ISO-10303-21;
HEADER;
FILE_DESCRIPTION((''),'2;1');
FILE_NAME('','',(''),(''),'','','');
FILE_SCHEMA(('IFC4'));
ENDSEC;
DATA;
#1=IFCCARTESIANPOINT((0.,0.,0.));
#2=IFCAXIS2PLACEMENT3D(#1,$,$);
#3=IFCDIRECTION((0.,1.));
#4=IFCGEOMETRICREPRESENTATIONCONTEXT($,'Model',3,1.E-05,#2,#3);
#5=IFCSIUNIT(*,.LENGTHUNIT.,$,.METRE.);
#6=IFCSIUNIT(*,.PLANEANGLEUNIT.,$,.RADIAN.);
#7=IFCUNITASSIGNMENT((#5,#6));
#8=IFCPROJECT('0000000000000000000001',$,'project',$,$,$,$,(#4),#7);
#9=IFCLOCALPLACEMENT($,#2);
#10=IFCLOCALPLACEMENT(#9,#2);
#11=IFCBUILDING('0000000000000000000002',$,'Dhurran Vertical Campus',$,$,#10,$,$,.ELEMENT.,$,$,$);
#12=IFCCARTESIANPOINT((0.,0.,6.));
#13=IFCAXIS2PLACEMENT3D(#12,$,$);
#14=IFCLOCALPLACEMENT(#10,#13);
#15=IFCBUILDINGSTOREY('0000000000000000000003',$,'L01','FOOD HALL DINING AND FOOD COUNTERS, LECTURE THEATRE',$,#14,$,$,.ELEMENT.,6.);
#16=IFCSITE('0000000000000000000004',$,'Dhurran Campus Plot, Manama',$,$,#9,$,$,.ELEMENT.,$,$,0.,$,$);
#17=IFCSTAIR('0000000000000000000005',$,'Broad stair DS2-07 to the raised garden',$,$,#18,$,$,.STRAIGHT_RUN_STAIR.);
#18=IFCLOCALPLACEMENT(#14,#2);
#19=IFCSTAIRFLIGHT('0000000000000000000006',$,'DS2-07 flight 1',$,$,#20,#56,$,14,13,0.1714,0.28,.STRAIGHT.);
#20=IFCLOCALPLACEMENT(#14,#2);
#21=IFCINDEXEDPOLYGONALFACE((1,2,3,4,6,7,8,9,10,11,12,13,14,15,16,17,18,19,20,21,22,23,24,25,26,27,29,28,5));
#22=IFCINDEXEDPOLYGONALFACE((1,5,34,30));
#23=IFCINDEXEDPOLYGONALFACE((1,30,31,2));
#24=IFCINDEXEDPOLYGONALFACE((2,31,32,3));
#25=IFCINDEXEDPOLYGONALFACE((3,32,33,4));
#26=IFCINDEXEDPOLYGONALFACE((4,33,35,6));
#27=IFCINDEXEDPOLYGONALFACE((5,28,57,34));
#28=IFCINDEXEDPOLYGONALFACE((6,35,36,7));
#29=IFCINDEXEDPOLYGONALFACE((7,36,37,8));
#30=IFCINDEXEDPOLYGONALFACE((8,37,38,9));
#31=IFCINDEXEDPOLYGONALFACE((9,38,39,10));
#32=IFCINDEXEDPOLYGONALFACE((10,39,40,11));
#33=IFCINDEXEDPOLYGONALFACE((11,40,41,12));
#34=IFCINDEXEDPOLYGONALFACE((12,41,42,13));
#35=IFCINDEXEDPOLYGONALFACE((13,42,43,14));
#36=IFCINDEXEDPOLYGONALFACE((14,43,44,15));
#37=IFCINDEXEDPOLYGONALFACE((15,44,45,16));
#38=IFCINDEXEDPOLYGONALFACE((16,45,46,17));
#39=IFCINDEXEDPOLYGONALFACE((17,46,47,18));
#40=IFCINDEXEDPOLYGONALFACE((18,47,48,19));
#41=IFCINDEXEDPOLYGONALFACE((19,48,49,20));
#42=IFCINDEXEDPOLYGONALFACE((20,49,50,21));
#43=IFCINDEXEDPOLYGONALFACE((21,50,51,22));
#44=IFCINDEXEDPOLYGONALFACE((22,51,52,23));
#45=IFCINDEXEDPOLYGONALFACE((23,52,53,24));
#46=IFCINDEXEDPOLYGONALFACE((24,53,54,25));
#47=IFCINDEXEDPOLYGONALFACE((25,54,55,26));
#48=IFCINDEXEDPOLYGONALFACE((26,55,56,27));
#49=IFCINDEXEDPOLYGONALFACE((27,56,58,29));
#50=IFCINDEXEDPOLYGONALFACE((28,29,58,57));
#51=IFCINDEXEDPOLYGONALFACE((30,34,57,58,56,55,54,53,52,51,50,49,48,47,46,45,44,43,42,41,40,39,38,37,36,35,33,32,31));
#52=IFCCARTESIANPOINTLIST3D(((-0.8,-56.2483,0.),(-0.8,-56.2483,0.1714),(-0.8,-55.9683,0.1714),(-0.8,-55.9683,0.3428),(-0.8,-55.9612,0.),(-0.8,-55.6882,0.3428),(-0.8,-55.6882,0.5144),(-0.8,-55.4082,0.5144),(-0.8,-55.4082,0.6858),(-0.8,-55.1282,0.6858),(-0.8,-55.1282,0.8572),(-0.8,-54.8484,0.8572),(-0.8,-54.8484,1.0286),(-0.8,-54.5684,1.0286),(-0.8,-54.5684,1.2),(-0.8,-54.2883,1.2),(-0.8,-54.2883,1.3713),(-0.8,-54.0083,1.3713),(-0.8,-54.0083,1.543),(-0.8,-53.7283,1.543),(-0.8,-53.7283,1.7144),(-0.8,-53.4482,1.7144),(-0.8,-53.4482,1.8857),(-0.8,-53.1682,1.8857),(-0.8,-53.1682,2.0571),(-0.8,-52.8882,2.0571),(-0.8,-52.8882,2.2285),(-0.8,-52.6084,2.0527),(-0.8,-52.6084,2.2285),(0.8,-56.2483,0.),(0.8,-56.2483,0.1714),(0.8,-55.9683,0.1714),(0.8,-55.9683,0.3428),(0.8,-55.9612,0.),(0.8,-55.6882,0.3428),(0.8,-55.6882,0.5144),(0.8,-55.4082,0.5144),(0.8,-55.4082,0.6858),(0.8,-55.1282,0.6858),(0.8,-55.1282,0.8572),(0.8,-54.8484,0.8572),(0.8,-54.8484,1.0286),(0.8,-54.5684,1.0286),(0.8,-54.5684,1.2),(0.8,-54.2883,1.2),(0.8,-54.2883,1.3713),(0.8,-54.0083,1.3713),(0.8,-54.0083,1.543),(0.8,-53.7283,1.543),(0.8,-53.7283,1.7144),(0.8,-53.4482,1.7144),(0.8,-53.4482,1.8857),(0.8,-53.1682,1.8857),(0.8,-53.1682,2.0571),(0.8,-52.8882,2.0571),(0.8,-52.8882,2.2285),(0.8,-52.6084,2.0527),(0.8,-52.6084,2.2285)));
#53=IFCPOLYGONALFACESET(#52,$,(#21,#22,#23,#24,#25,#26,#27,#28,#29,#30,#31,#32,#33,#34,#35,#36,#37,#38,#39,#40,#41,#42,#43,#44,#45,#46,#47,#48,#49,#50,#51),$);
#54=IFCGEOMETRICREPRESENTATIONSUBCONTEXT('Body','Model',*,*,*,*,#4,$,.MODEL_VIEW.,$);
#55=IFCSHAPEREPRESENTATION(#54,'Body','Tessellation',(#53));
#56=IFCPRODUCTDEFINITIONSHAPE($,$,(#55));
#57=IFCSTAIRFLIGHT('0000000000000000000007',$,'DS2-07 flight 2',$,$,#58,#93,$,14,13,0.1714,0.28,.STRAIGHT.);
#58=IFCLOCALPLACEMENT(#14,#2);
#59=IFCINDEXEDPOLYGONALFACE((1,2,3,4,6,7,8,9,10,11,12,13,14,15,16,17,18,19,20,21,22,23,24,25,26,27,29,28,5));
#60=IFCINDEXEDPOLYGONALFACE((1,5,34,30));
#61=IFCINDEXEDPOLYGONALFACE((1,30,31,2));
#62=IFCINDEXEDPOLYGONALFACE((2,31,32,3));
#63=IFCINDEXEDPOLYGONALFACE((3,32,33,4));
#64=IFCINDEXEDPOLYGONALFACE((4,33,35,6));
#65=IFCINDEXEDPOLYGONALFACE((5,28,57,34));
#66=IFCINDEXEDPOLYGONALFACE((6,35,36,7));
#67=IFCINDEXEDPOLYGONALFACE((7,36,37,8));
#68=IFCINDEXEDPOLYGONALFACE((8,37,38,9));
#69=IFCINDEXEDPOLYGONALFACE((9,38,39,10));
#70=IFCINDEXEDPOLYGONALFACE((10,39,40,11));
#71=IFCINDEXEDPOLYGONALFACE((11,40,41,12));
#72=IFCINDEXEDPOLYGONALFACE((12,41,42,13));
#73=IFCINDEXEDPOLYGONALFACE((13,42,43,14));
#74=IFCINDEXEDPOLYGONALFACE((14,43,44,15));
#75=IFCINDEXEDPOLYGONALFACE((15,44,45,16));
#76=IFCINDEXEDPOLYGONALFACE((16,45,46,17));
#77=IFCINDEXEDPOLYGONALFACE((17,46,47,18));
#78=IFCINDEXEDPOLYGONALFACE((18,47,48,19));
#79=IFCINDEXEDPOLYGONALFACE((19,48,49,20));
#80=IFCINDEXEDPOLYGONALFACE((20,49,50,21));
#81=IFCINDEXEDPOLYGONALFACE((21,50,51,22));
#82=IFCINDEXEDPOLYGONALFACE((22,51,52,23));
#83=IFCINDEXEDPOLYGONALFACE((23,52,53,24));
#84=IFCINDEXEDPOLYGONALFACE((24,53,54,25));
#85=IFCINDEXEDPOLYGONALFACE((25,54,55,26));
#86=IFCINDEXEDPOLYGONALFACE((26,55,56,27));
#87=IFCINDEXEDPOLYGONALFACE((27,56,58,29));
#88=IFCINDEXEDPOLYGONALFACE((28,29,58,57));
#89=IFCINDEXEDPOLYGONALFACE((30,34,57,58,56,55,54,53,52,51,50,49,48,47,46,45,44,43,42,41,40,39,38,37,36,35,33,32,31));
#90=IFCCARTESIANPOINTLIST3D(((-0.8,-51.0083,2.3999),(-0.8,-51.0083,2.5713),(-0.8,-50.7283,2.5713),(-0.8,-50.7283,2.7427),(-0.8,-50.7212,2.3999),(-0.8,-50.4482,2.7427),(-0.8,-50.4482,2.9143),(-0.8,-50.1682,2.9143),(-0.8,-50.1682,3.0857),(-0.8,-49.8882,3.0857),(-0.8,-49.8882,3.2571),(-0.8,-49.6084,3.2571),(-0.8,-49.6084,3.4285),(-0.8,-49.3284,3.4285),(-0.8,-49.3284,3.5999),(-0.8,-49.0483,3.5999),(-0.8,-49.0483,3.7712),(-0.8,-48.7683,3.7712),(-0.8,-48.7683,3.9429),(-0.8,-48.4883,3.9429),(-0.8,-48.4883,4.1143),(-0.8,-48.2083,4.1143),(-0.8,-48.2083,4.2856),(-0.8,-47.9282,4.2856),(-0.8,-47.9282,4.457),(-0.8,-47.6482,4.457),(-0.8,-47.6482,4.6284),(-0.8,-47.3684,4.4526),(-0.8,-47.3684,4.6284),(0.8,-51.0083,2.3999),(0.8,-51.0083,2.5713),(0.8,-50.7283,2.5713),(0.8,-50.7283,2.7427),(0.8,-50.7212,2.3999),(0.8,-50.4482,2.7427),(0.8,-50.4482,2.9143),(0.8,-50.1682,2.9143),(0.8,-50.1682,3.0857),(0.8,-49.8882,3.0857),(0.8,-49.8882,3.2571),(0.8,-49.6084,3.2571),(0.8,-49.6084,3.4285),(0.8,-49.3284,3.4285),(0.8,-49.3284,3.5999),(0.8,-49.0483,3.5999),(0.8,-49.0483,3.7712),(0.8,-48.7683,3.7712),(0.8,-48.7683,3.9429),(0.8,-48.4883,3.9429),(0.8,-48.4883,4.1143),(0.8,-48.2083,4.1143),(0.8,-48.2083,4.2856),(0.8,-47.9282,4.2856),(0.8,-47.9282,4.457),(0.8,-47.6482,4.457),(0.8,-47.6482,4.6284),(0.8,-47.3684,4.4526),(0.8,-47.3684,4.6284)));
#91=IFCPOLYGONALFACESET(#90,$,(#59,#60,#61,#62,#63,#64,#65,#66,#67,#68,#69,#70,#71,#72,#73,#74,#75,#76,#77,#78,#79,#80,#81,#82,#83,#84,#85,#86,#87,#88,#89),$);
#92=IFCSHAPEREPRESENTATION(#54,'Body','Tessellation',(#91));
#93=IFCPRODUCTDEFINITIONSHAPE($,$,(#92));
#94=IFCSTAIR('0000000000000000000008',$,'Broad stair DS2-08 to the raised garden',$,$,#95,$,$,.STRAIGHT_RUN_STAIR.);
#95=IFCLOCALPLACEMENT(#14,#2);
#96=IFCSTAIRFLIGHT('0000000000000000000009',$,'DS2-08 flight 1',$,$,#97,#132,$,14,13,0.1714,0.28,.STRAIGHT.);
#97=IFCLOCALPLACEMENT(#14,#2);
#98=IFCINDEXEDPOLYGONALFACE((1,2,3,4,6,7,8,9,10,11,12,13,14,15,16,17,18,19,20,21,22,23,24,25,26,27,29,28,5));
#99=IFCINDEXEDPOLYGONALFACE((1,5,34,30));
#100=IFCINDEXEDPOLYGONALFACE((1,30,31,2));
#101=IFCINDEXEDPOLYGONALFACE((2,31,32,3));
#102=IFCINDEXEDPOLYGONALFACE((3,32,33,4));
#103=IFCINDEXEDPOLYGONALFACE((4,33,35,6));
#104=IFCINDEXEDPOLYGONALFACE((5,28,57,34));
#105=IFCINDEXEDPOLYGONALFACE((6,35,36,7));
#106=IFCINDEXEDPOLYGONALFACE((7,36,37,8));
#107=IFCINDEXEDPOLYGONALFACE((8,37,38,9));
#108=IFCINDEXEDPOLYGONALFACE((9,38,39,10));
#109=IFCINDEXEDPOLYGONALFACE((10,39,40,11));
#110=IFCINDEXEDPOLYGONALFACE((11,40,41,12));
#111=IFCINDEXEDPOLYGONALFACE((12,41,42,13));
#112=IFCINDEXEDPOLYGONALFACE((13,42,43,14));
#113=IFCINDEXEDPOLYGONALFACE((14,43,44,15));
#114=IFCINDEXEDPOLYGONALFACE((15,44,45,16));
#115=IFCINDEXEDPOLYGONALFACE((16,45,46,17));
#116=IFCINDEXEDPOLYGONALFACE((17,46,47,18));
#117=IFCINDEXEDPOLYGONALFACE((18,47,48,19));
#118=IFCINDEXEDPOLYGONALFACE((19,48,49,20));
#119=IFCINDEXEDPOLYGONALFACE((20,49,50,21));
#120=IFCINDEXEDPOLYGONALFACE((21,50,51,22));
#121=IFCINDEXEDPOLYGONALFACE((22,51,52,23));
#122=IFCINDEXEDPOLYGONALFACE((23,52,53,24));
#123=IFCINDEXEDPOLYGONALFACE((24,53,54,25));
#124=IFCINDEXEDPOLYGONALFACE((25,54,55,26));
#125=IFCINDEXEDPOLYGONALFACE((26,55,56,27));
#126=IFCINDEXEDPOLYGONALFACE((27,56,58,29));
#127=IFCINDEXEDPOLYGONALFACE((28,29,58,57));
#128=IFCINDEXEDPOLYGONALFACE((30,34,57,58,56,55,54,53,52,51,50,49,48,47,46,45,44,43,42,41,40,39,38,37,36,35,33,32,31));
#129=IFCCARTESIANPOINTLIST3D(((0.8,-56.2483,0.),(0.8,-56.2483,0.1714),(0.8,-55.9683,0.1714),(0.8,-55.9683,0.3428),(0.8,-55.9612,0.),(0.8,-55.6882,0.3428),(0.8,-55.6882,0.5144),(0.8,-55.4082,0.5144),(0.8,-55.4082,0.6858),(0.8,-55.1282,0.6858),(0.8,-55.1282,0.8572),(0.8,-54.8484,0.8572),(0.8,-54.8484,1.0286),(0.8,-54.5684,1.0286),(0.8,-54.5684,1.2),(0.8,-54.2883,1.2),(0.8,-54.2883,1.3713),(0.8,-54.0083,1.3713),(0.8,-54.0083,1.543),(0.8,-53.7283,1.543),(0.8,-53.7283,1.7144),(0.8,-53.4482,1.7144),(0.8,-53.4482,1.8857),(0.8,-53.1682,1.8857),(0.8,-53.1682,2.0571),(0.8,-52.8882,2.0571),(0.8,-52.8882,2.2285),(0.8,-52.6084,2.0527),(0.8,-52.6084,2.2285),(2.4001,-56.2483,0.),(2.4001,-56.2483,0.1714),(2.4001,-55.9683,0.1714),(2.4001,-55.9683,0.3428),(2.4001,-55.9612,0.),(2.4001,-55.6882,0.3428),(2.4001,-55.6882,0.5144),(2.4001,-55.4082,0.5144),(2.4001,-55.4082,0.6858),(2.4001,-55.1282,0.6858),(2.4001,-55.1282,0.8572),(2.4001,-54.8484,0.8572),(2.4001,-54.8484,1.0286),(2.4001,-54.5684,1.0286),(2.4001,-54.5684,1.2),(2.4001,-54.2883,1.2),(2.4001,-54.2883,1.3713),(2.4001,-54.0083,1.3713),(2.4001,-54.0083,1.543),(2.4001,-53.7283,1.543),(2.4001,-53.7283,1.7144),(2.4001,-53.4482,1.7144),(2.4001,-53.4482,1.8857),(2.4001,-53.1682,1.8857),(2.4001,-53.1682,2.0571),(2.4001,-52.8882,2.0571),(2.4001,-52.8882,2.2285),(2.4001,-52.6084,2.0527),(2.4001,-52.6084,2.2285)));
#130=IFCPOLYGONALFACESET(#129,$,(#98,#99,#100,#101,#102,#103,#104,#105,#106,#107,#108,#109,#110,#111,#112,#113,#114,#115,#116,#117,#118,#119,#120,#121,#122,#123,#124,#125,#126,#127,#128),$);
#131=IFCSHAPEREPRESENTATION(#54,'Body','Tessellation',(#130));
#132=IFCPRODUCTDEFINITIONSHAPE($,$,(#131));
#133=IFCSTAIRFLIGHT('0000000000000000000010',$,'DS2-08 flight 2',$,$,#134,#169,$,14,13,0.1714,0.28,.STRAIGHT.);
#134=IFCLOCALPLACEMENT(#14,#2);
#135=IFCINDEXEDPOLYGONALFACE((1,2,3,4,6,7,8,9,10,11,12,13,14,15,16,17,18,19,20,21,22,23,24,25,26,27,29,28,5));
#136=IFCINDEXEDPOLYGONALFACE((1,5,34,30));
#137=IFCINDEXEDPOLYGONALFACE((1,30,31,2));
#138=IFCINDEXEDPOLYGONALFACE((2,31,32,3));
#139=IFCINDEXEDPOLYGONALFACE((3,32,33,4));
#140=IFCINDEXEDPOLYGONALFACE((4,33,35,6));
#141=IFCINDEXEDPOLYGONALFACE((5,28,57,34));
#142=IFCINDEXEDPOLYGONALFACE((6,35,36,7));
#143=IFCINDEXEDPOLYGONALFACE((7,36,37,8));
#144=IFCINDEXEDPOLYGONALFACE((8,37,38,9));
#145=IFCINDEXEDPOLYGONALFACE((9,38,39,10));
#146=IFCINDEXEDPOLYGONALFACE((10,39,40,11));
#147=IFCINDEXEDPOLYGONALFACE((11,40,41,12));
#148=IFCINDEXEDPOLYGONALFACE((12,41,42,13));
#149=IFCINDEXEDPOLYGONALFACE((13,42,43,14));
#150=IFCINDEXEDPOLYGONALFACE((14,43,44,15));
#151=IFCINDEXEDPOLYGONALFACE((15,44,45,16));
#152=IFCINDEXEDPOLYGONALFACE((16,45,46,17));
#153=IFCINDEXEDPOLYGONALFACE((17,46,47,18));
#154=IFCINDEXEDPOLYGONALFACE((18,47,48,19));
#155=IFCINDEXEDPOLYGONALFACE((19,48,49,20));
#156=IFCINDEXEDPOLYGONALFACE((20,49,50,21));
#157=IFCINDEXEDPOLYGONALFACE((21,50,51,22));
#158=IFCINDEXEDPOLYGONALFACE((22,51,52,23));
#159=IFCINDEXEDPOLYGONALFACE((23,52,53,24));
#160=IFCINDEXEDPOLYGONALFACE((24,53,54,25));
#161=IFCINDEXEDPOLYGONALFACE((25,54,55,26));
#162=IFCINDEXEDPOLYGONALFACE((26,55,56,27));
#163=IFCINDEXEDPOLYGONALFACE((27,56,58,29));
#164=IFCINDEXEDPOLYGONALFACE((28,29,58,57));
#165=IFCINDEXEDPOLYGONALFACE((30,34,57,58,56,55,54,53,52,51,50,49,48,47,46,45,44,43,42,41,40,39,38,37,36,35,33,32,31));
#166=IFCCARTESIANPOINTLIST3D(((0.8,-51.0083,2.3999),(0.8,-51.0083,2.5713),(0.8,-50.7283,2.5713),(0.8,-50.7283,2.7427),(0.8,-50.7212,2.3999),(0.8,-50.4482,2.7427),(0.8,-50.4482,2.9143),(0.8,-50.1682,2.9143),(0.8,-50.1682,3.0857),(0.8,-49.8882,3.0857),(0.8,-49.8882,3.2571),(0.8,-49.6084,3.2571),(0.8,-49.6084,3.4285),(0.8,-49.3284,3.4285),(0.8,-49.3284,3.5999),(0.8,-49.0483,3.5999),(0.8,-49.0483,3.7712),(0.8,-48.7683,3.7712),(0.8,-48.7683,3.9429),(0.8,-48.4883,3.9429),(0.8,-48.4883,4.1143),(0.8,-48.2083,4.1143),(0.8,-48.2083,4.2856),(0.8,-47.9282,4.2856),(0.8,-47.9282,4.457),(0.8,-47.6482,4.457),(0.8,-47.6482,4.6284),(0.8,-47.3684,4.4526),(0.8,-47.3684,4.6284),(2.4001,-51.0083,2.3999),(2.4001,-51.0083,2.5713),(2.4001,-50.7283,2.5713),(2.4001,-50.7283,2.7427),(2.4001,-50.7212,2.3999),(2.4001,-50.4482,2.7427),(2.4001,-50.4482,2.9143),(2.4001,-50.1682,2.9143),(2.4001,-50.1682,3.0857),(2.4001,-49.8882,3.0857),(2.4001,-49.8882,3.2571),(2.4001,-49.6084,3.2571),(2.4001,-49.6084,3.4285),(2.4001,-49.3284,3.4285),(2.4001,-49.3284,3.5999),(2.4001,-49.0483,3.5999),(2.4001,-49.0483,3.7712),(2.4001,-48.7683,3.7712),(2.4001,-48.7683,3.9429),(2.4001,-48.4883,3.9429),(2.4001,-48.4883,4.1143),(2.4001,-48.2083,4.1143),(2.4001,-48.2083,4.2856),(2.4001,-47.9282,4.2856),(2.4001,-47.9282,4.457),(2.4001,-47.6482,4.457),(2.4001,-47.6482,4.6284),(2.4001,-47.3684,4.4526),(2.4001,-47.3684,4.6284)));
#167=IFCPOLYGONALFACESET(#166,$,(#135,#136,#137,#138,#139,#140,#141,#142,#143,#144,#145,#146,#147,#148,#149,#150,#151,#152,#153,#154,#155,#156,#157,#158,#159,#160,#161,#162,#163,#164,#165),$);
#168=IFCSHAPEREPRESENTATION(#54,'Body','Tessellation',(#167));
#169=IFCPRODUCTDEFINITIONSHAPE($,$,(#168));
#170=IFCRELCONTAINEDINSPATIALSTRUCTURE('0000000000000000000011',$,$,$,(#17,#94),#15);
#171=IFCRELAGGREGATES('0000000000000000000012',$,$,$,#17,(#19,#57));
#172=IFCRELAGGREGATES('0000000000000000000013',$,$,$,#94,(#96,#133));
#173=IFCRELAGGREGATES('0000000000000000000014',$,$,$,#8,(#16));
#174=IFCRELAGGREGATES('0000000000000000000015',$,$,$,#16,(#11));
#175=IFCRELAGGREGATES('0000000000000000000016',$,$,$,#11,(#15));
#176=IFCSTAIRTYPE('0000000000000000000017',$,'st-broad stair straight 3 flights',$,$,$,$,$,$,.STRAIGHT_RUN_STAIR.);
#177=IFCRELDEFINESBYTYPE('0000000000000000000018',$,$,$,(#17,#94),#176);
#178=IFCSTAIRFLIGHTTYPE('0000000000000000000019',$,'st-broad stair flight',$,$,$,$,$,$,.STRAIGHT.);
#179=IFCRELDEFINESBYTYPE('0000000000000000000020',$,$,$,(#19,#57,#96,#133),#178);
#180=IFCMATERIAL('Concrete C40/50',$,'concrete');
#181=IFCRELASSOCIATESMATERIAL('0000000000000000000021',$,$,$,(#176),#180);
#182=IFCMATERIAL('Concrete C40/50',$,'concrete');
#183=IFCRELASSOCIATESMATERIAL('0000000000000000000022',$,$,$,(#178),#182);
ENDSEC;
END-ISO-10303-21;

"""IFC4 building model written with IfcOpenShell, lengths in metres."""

from ifc_helpers import new_model, si_unit, direction, frame, origin, place, context, subcontext, project, spatial, polyline, outline, extrude, material, type_object, element, aggregate, save


model = new_model("IFC4")

# Units and contexts
model_context = context("Model", 3, precision=1e-05, world=origin(), true_north=direction((0.0, 1.0)))
body_context = subcontext(model_context, "Body", "Model", "MODEL_VIEW")
ifc_project = project(units=[si_unit("LENGTHUNIT", "METRE"), si_unit("PLANEANGLEUNIT", "RADIAN")], contexts=[model_context])

# Site, building, storey
site_placement = place(None, origin())
site = spatial("IfcSite", under=ifc_project, at=site_placement, Name="Dhurran Campus Plot, Manama", CompositionType="ELEMENT", RefElevation=0.0)
building_placement = place(site_placement, origin())
building = spatial("IfcBuilding", under=site, at=building_placement, Name="Dhurran Vertical Campus", CompositionType="ELEMENT")
storey_placement = place(building_placement, frame((0.0, 0.0, 6.0)))
storey = spatial("IfcBuildingStorey", under=building, at=storey_placement, Name="L01", Description="FOOD HALL DINING AND FOOD COUNTERS, LECTURE THEATRE", CompositionType="ELEMENT", Elevation=6.0)

# Stairs, stair flights
ifc_material_1 = material(Name="Concrete C40/50", Category="concrete")
stair_type = type_object("IfcStairType", Name="st-broad stair straight 3 flights", PredefinedType="STRAIGHT_RUN_STAIR", material=ifc_material_1)
ifc_material_2 = material(Name="Concrete C40/50", Category="concrete")
stair_flight_type = type_object("IfcStairFlightType", Name="st-broad stair flight", PredefinedType="STRAIGHT", material=ifc_material_2)
stair_1_placement = place(storey_placement, origin())
stair_1 = element("IfcStair", 1, at=stair_1_placement, inside=storey, type_object=stair_type, Name="Broad stair DS2-07 to the raised garden", PredefinedType="STRAIGHT_RUN_STAIR")
stair_flight_1_placement = place(storey_placement, frame((0.0, -56.2483, 0.0), z_axis=(0.0, 0.0, 1.0), x_axis=(0.0, 1.0, 0.0)))
stair_flight_1 = element("IfcStairFlight", 2, at=stair_flight_1_placement, type_object=stair_flight_type, Name="DS2-07 flight 1", NumberOfRisers=14, NumberOfTreads=13, PredefinedType="STRAIGHT", RiserHeight=0.1714, TreadLength=0.28, context=body_context, shape_type="SweptSolid", body=[
    extrude(outline(polyline([(0.0, 0.0), (0.0, 0.1714), (0.28, 0.1714), (0.28, 0.3428), (0.5601, 0.3428), (0.5601, 0.5144), (0.8401, 0.5144), (0.8401, 0.6858), (1.1201, 0.6858), (1.1201, 0.8572), (1.3999, 0.8572), (1.3999, 1.0286), (1.6799, 1.0286), (1.6799, 1.2), (1.96, 1.2), (1.96, 1.3713), (2.24, 1.3713), (2.24, 1.543), (2.52, 1.543), (2.52, 1.7144), (2.8, 1.7144), (2.8, 1.8857), (3.0801, 1.8857), (3.0801, 2.0571), (3.3601, 2.0571), (3.3601, 2.2285), (3.6399, 2.2285), (3.6399, 2.3999), (3.6399, 2.0527), (0.2871, 0.0), (0.0, 0.0)])), frame((0.0, 0.8, 0.0), z_axis=(0.0, -1.0, 0.0), x_axis=(1.0, 0.0, 0.0)), (0.0, 0.0, 1.0), 1.6001),
])
stair_flight_2_placement = place(storey_placement, frame((0.0, -51.0083, 2.3999), z_axis=(0.0, 0.0, 1.0), x_axis=(0.0, 1.0, 0.0)))
stair_flight_2 = element("IfcStairFlight", 3, at=stair_flight_2_placement, type_object=stair_flight_type, Name="DS2-07 flight 2", NumberOfRisers=14, NumberOfTreads=13, PredefinedType="STRAIGHT", RiserHeight=0.1714, TreadLength=0.28, context=body_context, shape_type="SweptSolid", body=[
    extrude(outline(polyline([(0.0, 0.0), (0.0, 0.1714), (0.28, 0.1714), (0.28, 0.3428), (0.5601, 0.3428), (0.5601, 0.5144), (0.8401, 0.5144), (0.8401, 0.6858), (1.1201, 0.6858), (1.1201, 0.8572), (1.3999, 0.8572), (1.3999, 1.0286), (1.6799, 1.0286), (1.6799, 1.2), (1.96, 1.2), (1.96, 1.3713), (2.24, 1.3713), (2.24, 1.543), (2.52, 1.543), (2.52, 1.7144), (2.8, 1.7144), (2.8, 1.8857), (3.0801, 1.8857), (3.0801, 2.0571), (3.3601, 2.0571), (3.3601, 2.2285), (3.6399, 2.2285), (3.6399, 2.3999), (3.6399, 2.0527), (0.2871, 0.0), (0.0, 0.0)])), frame((0.0, 0.8, 0.0), z_axis=(0.0, -1.0, 0.0), x_axis=(1.0, 0.0, 0.0)), (0.0, 0.0, 1.0), 1.6001),
])
aggregate(stair_1, [stair_flight_1, stair_flight_2])
stair_2_placement = place(storey_placement, origin())
stair_2 = element("IfcStair", 4, at=stair_2_placement, inside=storey, type_object=stair_type, Name="Broad stair DS2-08 to the raised garden", PredefinedType="STRAIGHT_RUN_STAIR")
stair_flight_3_placement = place(storey_placement, frame((1.6001, -56.2483, 0.0), z_axis=(0.0, 0.0, 1.0), x_axis=(0.0, 1.0, 0.0)))
stair_flight_3 = element("IfcStairFlight", 5, at=stair_flight_3_placement, type_object=stair_flight_type, Name="DS2-08 flight 1", NumberOfRisers=14, NumberOfTreads=13, PredefinedType="STRAIGHT", RiserHeight=0.1714, TreadLength=0.28, context=body_context, shape_type="SweptSolid", body=[
    extrude(outline(polyline([(0.0, 0.0), (0.0, 0.1714), (0.28, 0.1714), (0.28, 0.3428), (0.5601, 0.3428), (0.5601, 0.5144), (0.8401, 0.5144), (0.8401, 0.6858), (1.1201, 0.6858), (1.1201, 0.8572), (1.3999, 0.8572), (1.3999, 1.0286), (1.6799, 1.0286), (1.6799, 1.2), (1.96, 1.2), (1.96, 1.3713), (2.24, 1.3713), (2.24, 1.543), (2.52, 1.543), (2.52, 1.7144), (2.8, 1.7144), (2.8, 1.8857), (3.0801, 1.8857), (3.0801, 2.0571), (3.3601, 2.0571), (3.3601, 2.2285), (3.6399, 2.2285), (3.6399, 2.3999), (3.6399, 2.0527), (0.2871, 0.0), (0.0, 0.0)])), frame((0.0, 0.8, 0.0), z_axis=(0.0, -1.0, 0.0), x_axis=(1.0, 0.0, 0.0)), (0.0, 0.0, 1.0), 1.6001),
])
stair_flight_4_placement = place(storey_placement, frame((1.6001, -51.0083, 2.3999), z_axis=(0.0, 0.0, 1.0), x_axis=(0.0, 1.0, 0.0)))
stair_flight_4 = element("IfcStairFlight", 6, at=stair_flight_4_placement, type_object=stair_flight_type, Name="DS2-08 flight 2", NumberOfRisers=14, NumberOfTreads=13, PredefinedType="STRAIGHT", RiserHeight=0.1714, TreadLength=0.28, context=body_context, shape_type="SweptSolid", body=[
    extrude(outline(polyline([(0.0, 0.0), (0.0, 0.1714), (0.28, 0.1714), (0.28, 0.3428), (0.5601, 0.3428), (0.5601, 0.5144), (0.8401, 0.5144), (0.8401, 0.6858), (1.1201, 0.6858), (1.1201, 0.8572), (1.3999, 0.8572), (1.3999, 1.0286), (1.6799, 1.0286), (1.6799, 1.2), (1.96, 1.2), (1.96, 1.3713), (2.24, 1.3713), (2.24, 1.543), (2.52, 1.543), (2.52, 1.7144), (2.8, 1.7144), (2.8, 1.8857), (3.0801, 1.8857), (3.0801, 2.0571), (3.3601, 2.0571), (3.3601, 2.2285), (3.6399, 2.2285), (3.6399, 2.3999), (3.6399, 2.0527), (0.2871, 0.0), (0.0, 0.0)])), frame((0.0, 0.8, 0.0), z_axis=(0.0, -1.0, 0.0), x_axis=(1.0, 0.0, 0.0)), (0.0, 0.0, 1.0), 1.6001),
])
aggregate(stair_2, [stair_flight_3, stair_flight_4])

save(model, "model.ifc")
